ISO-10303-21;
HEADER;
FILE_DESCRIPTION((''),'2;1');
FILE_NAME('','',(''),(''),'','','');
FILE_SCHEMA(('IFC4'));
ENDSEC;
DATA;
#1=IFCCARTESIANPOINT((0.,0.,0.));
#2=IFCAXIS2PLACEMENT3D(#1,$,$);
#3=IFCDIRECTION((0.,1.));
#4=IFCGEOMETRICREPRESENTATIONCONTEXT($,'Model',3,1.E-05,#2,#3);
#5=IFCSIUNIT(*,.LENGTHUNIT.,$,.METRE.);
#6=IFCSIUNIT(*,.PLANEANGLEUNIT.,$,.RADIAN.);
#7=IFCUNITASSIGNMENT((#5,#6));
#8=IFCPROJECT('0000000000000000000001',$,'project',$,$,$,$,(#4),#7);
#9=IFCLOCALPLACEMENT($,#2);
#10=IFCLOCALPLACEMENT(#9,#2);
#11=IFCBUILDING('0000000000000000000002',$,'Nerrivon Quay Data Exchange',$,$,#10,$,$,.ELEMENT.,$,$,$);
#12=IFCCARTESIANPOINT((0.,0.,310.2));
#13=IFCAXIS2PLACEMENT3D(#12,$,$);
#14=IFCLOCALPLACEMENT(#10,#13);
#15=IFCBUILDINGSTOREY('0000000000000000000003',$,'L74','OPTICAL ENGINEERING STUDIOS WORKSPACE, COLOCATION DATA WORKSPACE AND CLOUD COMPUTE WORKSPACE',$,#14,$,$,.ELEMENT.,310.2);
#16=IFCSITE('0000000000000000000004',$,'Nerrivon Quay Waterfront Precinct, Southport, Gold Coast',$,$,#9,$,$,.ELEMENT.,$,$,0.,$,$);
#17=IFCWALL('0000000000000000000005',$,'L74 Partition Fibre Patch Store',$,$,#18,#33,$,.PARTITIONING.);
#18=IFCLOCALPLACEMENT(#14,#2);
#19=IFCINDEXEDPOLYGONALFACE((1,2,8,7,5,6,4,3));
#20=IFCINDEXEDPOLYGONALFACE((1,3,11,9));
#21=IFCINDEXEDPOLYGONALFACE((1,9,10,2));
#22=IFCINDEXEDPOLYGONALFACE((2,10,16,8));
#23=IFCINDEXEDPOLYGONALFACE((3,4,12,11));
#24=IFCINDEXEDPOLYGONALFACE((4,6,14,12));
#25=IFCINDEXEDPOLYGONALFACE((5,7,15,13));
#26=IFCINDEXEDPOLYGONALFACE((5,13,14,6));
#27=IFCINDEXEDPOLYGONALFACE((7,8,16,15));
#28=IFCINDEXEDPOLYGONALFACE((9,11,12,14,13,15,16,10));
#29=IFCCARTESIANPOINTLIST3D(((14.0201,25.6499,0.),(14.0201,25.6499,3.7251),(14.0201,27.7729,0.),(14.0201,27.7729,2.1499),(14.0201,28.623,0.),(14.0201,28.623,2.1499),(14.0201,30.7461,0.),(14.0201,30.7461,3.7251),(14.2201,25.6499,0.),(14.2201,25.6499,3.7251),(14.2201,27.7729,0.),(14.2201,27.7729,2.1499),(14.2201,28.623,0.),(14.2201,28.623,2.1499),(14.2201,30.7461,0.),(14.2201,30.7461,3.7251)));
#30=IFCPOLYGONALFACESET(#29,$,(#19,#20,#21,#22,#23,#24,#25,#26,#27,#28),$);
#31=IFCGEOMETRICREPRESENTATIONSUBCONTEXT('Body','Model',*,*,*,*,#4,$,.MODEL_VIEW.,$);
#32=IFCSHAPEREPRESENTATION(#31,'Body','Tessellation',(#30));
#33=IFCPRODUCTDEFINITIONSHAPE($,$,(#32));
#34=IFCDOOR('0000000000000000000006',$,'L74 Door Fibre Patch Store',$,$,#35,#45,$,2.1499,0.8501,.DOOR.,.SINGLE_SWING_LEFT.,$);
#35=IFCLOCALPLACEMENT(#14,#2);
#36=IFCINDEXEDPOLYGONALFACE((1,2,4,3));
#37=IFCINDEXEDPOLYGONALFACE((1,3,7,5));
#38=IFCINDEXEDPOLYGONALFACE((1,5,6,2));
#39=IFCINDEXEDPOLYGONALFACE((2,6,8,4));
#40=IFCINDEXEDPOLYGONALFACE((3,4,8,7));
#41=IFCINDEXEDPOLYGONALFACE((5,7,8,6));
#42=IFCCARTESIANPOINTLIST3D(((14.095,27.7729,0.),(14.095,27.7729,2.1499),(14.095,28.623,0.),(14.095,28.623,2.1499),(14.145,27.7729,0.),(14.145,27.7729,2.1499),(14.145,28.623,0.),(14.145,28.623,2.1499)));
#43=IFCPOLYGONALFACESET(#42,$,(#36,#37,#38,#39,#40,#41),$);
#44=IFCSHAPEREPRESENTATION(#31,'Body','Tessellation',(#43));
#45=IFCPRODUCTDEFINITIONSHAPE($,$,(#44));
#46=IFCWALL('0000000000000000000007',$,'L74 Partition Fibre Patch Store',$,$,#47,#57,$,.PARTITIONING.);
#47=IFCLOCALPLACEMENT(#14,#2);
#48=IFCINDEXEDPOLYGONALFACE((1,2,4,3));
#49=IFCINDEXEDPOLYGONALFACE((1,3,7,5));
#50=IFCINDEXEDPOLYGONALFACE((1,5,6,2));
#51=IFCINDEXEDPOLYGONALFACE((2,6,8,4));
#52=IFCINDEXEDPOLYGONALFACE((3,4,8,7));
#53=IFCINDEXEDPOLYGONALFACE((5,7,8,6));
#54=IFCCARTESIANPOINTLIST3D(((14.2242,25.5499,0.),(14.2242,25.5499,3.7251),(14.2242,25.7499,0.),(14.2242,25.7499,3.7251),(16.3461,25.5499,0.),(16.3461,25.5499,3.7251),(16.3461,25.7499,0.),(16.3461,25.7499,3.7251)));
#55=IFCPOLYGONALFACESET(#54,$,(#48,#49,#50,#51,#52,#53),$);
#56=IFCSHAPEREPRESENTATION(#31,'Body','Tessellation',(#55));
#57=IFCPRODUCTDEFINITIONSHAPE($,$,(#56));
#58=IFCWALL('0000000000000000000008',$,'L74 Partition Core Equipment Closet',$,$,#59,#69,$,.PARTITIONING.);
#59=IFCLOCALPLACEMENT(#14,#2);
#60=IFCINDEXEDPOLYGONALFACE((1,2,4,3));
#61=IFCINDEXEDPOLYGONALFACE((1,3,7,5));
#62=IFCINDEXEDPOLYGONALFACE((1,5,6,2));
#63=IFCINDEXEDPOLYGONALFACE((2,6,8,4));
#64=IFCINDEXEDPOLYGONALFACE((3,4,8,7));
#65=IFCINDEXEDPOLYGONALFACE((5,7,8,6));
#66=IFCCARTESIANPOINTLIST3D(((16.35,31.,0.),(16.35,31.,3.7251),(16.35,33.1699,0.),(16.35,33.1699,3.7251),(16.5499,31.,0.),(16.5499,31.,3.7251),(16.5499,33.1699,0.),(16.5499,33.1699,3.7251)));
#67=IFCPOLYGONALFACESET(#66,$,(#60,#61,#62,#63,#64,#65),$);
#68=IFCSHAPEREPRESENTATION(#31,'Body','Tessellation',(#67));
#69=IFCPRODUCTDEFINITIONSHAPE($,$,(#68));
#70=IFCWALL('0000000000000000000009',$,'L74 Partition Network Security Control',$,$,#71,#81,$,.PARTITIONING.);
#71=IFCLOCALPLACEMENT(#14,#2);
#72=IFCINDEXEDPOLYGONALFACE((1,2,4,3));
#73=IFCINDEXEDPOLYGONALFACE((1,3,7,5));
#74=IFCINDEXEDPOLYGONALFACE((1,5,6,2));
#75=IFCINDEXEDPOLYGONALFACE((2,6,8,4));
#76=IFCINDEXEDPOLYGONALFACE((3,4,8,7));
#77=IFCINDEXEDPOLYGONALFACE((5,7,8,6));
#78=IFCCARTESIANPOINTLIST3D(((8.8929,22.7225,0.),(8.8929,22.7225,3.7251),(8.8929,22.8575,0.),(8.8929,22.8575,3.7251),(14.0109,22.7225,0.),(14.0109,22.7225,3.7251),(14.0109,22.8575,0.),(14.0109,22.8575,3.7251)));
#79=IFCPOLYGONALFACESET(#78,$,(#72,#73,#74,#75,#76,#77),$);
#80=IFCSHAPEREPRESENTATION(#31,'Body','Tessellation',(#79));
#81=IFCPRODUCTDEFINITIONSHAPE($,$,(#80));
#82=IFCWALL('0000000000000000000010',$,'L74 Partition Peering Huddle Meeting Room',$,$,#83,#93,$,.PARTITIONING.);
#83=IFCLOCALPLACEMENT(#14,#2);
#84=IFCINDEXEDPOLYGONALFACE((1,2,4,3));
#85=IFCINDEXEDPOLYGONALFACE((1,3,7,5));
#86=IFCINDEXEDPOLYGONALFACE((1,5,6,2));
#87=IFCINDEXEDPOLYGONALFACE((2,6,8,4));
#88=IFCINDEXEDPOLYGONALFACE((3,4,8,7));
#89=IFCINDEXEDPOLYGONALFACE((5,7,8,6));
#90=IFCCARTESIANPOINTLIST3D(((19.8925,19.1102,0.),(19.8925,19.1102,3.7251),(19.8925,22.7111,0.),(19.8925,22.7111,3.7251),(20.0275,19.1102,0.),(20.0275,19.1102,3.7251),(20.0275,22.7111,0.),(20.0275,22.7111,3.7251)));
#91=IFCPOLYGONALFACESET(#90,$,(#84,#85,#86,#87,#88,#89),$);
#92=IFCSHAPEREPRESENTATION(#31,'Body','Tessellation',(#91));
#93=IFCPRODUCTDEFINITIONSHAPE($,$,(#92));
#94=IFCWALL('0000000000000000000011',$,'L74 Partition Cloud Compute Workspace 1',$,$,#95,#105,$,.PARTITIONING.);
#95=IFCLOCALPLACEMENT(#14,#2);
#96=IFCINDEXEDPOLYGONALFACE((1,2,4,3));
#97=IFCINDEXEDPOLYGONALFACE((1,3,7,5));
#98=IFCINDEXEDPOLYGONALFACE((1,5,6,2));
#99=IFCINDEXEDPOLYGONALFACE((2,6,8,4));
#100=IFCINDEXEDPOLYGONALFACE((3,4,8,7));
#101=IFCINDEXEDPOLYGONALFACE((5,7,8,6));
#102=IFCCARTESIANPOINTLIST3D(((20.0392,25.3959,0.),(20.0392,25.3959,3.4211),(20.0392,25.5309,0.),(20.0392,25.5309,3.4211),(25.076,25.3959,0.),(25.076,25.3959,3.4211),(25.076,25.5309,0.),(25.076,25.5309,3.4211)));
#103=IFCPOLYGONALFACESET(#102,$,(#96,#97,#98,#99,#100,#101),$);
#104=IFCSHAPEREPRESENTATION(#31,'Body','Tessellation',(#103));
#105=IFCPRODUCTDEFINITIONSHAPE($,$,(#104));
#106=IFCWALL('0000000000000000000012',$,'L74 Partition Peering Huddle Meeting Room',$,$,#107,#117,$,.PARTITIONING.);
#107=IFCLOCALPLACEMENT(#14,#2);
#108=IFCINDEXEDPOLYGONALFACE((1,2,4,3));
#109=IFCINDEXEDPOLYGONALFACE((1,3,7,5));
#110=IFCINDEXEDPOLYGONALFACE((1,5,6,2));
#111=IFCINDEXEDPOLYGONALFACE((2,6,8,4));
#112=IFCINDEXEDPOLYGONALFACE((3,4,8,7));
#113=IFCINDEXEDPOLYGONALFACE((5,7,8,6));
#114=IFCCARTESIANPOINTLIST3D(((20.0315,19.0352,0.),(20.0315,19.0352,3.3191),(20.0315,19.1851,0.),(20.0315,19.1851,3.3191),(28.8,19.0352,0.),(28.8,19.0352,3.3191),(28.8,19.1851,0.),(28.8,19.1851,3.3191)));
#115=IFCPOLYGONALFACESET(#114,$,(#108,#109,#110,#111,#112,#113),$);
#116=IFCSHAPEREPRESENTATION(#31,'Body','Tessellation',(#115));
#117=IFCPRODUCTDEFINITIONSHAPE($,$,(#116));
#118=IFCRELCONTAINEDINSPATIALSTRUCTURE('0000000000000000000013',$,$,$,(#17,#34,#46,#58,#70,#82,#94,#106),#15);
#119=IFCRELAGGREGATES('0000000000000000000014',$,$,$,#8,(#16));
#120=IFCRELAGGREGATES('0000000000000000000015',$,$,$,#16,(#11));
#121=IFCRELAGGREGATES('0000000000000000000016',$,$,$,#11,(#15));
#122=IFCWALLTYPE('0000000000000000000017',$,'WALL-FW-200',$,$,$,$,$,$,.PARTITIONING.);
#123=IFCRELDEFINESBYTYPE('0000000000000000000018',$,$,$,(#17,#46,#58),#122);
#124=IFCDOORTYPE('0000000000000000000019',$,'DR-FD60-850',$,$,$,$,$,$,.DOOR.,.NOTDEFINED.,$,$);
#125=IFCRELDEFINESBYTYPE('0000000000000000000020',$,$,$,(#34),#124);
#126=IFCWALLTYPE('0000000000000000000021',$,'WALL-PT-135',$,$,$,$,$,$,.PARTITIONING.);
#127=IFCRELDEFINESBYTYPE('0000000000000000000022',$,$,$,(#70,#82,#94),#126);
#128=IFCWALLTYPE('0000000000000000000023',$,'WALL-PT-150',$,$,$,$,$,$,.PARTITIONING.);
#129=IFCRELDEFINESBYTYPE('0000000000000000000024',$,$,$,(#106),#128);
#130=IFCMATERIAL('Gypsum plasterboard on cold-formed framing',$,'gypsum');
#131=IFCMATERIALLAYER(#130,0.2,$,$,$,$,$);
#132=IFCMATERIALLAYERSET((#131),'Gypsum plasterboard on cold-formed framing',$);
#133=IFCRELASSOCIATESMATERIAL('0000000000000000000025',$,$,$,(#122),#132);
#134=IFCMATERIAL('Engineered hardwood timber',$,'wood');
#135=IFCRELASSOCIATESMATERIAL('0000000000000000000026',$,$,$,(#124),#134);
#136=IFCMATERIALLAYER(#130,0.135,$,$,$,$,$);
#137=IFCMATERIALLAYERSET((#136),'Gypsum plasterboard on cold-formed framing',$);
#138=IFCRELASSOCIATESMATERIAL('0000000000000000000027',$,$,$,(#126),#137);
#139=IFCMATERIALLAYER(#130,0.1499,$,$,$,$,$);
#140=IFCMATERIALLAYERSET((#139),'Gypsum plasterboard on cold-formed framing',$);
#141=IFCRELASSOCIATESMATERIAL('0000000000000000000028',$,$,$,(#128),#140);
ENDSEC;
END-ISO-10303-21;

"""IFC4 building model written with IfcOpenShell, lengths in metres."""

from ifc_helpers import new_model, si_unit, direction, frame, frame_2d, origin, place, context, subcontext, project, spatial, rectangle, extrude, material, layer, layer_set, type_object, element, fill, save


model = new_model("IFC4")

# Units and contexts
model_context = context("Model", 3, precision=1e-05, world=origin(), true_north=direction((0.0, 1.0)))
body_context = subcontext(model_context, "Body", "Model", "MODEL_VIEW")
ifc_project = project(units=[si_unit("LENGTHUNIT", "METRE"), si_unit("PLANEANGLEUNIT", "RADIAN")], contexts=[model_context])

# Site, building, storey
site_placement = place(None, origin())
site = spatial("IfcSite", under=ifc_project, at=site_placement, Name="Nerrivon Quay Waterfront Precinct, Southport, Gold Coast", CompositionType="ELEMENT", RefElevation=0.0)
building_placement = place(site_placement, origin())
building = spatial("IfcBuilding", under=site, at=building_placement, Name="Nerrivon Quay Data Exchange", CompositionType="ELEMENT")
storey_placement = place(building_placement, frame((0.0, 0.0, 310.2)))
storey = spatial("IfcBuildingStorey", under=building, at=storey_placement, Name="L74", Description="OPTICAL ENGINEERING STUDIOS WORKSPACE, COLOCATION DATA WORKSPACE AND CLOUD COMPUTE WORKSPACE", CompositionType="ELEMENT", Elevation=310.2)

# Shared definitions
ifc_material_1 = material(Name="Gypsum plasterboard on cold-formed framing", Category="gypsum")
ifc_layer_1 = layer(ifc_material_1, 0.2)
ifc_layer_set_1 = layer_set([ifc_layer_1], Name="Gypsum plasterboard on cold-formed framing")
wall_type_1 = type_object("IfcWallType", Name="WALL-FW-200", PredefinedType="PARTITIONING", material=ifc_layer_set_1)

# Wall, opening, door
wall_1_placement = place(storey_placement, frame((14.1201, 30.7461, 0.0), z_axis=(0.0, 0.0, 1.0), x_axis=(0.0, -1.0, 0.0)))
wall_1 = element("IfcWall", 1, at=wall_1_placement, inside=storey, type_object=wall_type_1, Name="L74 Partition Fibre Patch Store", PredefinedType="PARTITIONING", context=body_context, shape_type="SweptSolid", body=[
    extrude(rectangle(XDim=5.0962, YDim=0.2, at=frame_2d((2.5481, 0.0))), origin(), (0.0, 0.0, 1.0), 3.7251),
])
opening_1_placement = place(wall_1_placement, frame((2.123, 0.0, 0.0)))
opening_1 = element("IfcOpeningElement", 2, at=opening_1_placement, cuts=wall_1, PredefinedType="OPENING", context=body_context, shape_type="SweptSolid", body=[
    extrude(rectangle(XDim=0.8501, YDim=2.1499, at=frame_2d((0.425, 1.075))), frame((0.0, 0.1099, 0.0), z_axis=(0.0, -1.0, 0.0), x_axis=(1.0, 0.0, 0.0)), (0.0, 0.0, 1.0), 0.22),
])
ifc_material_2 = material(Name="Engineered hardwood timber", Category="wood")
door_type = type_object("IfcDoorType", Name="DR-FD60-850", OperationType="NOTDEFINED", PredefinedType="DOOR", material=ifc_material_2)
door_1_placement = place(opening_1_placement, origin())
door_1 = element("IfcDoor", 3, at=door_1_placement, inside=storey, type_object=door_type, Name="L74 Door Fibre Patch Store", OperationType="SINGLE_SWING_LEFT", OverallHeight=2.1499, OverallWidth=0.8501, PredefinedType="DOOR", context=body_context, shape_type="SweptSolid", body=[
    extrude(rectangle(XDim=0.8501, YDim=2.1499, at=frame_2d((0.425, 1.075))), frame((0.0, 0.0249, 0.0), z_axis=(0.0, -1.0, 0.0), x_axis=(1.0, 0.0, 0.0)), (0.0, 0.0, 1.0), 0.05),
])
fill(opening_1, door_1)

# Wall
wall_2_placement = place(storey_placement, frame((14.2241, 25.6499, 0.0), z_axis=(0.0, 0.0, 1.0), x_axis=(1.0, 0.0, 0.0)))
element("IfcWall", 4, at=wall_2_placement, inside=storey, type_object=wall_type_1, Name="L74 Partition Fibre Patch Store", PredefinedType="PARTITIONING", context=body_context, shape_type="SweptSolid", body=[
    extrude(rectangle(XDim=2.1218, YDim=0.2, at=frame_2d((1.061, 0.0))), origin(), (0.0, 0.0, 1.0), 3.7251),
])

# Walls
wall_3_placement = place(storey_placement, frame((16.45, 31.0, 0.0), z_axis=(0.0, 0.0, 1.0), x_axis=(0.0, 1.0, 0.0)))
element("IfcWall", 5, at=wall_3_placement, inside=storey, type_object=wall_type_1, Name="L74 Partition Core Equipment Closet", PredefinedType="PARTITIONING", context=body_context, shape_type="SweptSolid", body=[
    extrude(rectangle(XDim=2.1699, YDim=0.2, at=frame_2d((1.085, 0.0))), origin(), (0.0, 0.0, 1.0), 3.7251),
])
ifc_layer_2 = layer(ifc_material_1, 0.135)
ifc_layer_set_2 = layer_set([ifc_layer_2], Name="Gypsum plasterboard on cold-formed framing")
wall_type_2 = type_object("IfcWallType", Name="WALL-PT-135", PredefinedType="PARTITIONING", material=ifc_layer_set_2)
wall_4_placement = place(storey_placement, frame((14.011, 22.79, 0.0), z_axis=(0.0, 0.0, 1.0), x_axis=(-1.0, 0.0, 0.0)))
element("IfcWall", 6, at=wall_4_placement, inside=storey, type_object=wall_type_2, Name="L74 Partition Network Security Control", PredefinedType="PARTITIONING", context=body_context, shape_type="SweptSolid", body=[
    extrude(rectangle(XDim=5.1179, YDim=0.135, at=frame_2d((2.5591, 0.0))), origin(), (0.0, 0.0, 1.0), 3.7251),
])
wall_5_placement = place(storey_placement, frame((19.96, 22.7109, 0.0), z_axis=(0.0, 0.0, 1.0), x_axis=(0.0, -1.0, 0.0)))
element("IfcWall", 7, at=wall_5_placement, inside=storey, type_object=wall_type_2, Name="L74 Partition Peering Huddle Meeting Room", PredefinedType="PARTITIONING", context=body_context, shape_type="SweptSolid", body=[
    extrude(rectangle(XDim=3.6008, YDim=0.135, at=frame_2d((1.8003, 0.0))), origin(), (0.0, 0.0, 1.0), 3.7251),
])
wall_6_placement = place(storey_placement, frame((20.0391, 25.4634, 0.0), z_axis=(0.0, 0.0, 1.0), x_axis=(1.0, 0.0, 0.0)))
element("IfcWall", 8, at=wall_6_placement, inside=storey, type_object=wall_type_2, Name="L74 Partition Cloud Compute Workspace 1", PredefinedType="PARTITIONING", context=body_context, shape_type="SweptSolid", body=[
    extrude(rectangle(XDim=5.0369, YDim=0.135, at=frame_2d((2.5186, 0.0))), origin(), (0.0, 0.0, 1.0), 3.4211),
])
ifc_layer_3 = layer(ifc_material_1, 0.1499)
ifc_layer_set_3 = layer_set([ifc_layer_3], Name="Gypsum plasterboard on cold-formed framing")
wall_type_3 = type_object("IfcWallType", Name="WALL-PT-150", PredefinedType="PARTITIONING", material=ifc_layer_set_3)
wall_7_placement = place(storey_placement, frame((20.0315, 19.1101, 0.0), z_axis=(0.0, 0.0, 1.0), x_axis=(1.0, 0.0, 0.0)))
element("IfcWall", 9, at=wall_7_placement, inside=storey, type_object=wall_type_3, Name="L74 Partition Peering Huddle Meeting Room", PredefinedType="PARTITIONING", context=body_context, shape_type="SweptSolid", body=[
    extrude(rectangle(XDim=8.7686, YDim=0.1499, at=frame_2d((4.3843, 0.0))), origin(), (0.0, 0.0, 1.0), 3.3191),
])

save(model, "model.ifc")
